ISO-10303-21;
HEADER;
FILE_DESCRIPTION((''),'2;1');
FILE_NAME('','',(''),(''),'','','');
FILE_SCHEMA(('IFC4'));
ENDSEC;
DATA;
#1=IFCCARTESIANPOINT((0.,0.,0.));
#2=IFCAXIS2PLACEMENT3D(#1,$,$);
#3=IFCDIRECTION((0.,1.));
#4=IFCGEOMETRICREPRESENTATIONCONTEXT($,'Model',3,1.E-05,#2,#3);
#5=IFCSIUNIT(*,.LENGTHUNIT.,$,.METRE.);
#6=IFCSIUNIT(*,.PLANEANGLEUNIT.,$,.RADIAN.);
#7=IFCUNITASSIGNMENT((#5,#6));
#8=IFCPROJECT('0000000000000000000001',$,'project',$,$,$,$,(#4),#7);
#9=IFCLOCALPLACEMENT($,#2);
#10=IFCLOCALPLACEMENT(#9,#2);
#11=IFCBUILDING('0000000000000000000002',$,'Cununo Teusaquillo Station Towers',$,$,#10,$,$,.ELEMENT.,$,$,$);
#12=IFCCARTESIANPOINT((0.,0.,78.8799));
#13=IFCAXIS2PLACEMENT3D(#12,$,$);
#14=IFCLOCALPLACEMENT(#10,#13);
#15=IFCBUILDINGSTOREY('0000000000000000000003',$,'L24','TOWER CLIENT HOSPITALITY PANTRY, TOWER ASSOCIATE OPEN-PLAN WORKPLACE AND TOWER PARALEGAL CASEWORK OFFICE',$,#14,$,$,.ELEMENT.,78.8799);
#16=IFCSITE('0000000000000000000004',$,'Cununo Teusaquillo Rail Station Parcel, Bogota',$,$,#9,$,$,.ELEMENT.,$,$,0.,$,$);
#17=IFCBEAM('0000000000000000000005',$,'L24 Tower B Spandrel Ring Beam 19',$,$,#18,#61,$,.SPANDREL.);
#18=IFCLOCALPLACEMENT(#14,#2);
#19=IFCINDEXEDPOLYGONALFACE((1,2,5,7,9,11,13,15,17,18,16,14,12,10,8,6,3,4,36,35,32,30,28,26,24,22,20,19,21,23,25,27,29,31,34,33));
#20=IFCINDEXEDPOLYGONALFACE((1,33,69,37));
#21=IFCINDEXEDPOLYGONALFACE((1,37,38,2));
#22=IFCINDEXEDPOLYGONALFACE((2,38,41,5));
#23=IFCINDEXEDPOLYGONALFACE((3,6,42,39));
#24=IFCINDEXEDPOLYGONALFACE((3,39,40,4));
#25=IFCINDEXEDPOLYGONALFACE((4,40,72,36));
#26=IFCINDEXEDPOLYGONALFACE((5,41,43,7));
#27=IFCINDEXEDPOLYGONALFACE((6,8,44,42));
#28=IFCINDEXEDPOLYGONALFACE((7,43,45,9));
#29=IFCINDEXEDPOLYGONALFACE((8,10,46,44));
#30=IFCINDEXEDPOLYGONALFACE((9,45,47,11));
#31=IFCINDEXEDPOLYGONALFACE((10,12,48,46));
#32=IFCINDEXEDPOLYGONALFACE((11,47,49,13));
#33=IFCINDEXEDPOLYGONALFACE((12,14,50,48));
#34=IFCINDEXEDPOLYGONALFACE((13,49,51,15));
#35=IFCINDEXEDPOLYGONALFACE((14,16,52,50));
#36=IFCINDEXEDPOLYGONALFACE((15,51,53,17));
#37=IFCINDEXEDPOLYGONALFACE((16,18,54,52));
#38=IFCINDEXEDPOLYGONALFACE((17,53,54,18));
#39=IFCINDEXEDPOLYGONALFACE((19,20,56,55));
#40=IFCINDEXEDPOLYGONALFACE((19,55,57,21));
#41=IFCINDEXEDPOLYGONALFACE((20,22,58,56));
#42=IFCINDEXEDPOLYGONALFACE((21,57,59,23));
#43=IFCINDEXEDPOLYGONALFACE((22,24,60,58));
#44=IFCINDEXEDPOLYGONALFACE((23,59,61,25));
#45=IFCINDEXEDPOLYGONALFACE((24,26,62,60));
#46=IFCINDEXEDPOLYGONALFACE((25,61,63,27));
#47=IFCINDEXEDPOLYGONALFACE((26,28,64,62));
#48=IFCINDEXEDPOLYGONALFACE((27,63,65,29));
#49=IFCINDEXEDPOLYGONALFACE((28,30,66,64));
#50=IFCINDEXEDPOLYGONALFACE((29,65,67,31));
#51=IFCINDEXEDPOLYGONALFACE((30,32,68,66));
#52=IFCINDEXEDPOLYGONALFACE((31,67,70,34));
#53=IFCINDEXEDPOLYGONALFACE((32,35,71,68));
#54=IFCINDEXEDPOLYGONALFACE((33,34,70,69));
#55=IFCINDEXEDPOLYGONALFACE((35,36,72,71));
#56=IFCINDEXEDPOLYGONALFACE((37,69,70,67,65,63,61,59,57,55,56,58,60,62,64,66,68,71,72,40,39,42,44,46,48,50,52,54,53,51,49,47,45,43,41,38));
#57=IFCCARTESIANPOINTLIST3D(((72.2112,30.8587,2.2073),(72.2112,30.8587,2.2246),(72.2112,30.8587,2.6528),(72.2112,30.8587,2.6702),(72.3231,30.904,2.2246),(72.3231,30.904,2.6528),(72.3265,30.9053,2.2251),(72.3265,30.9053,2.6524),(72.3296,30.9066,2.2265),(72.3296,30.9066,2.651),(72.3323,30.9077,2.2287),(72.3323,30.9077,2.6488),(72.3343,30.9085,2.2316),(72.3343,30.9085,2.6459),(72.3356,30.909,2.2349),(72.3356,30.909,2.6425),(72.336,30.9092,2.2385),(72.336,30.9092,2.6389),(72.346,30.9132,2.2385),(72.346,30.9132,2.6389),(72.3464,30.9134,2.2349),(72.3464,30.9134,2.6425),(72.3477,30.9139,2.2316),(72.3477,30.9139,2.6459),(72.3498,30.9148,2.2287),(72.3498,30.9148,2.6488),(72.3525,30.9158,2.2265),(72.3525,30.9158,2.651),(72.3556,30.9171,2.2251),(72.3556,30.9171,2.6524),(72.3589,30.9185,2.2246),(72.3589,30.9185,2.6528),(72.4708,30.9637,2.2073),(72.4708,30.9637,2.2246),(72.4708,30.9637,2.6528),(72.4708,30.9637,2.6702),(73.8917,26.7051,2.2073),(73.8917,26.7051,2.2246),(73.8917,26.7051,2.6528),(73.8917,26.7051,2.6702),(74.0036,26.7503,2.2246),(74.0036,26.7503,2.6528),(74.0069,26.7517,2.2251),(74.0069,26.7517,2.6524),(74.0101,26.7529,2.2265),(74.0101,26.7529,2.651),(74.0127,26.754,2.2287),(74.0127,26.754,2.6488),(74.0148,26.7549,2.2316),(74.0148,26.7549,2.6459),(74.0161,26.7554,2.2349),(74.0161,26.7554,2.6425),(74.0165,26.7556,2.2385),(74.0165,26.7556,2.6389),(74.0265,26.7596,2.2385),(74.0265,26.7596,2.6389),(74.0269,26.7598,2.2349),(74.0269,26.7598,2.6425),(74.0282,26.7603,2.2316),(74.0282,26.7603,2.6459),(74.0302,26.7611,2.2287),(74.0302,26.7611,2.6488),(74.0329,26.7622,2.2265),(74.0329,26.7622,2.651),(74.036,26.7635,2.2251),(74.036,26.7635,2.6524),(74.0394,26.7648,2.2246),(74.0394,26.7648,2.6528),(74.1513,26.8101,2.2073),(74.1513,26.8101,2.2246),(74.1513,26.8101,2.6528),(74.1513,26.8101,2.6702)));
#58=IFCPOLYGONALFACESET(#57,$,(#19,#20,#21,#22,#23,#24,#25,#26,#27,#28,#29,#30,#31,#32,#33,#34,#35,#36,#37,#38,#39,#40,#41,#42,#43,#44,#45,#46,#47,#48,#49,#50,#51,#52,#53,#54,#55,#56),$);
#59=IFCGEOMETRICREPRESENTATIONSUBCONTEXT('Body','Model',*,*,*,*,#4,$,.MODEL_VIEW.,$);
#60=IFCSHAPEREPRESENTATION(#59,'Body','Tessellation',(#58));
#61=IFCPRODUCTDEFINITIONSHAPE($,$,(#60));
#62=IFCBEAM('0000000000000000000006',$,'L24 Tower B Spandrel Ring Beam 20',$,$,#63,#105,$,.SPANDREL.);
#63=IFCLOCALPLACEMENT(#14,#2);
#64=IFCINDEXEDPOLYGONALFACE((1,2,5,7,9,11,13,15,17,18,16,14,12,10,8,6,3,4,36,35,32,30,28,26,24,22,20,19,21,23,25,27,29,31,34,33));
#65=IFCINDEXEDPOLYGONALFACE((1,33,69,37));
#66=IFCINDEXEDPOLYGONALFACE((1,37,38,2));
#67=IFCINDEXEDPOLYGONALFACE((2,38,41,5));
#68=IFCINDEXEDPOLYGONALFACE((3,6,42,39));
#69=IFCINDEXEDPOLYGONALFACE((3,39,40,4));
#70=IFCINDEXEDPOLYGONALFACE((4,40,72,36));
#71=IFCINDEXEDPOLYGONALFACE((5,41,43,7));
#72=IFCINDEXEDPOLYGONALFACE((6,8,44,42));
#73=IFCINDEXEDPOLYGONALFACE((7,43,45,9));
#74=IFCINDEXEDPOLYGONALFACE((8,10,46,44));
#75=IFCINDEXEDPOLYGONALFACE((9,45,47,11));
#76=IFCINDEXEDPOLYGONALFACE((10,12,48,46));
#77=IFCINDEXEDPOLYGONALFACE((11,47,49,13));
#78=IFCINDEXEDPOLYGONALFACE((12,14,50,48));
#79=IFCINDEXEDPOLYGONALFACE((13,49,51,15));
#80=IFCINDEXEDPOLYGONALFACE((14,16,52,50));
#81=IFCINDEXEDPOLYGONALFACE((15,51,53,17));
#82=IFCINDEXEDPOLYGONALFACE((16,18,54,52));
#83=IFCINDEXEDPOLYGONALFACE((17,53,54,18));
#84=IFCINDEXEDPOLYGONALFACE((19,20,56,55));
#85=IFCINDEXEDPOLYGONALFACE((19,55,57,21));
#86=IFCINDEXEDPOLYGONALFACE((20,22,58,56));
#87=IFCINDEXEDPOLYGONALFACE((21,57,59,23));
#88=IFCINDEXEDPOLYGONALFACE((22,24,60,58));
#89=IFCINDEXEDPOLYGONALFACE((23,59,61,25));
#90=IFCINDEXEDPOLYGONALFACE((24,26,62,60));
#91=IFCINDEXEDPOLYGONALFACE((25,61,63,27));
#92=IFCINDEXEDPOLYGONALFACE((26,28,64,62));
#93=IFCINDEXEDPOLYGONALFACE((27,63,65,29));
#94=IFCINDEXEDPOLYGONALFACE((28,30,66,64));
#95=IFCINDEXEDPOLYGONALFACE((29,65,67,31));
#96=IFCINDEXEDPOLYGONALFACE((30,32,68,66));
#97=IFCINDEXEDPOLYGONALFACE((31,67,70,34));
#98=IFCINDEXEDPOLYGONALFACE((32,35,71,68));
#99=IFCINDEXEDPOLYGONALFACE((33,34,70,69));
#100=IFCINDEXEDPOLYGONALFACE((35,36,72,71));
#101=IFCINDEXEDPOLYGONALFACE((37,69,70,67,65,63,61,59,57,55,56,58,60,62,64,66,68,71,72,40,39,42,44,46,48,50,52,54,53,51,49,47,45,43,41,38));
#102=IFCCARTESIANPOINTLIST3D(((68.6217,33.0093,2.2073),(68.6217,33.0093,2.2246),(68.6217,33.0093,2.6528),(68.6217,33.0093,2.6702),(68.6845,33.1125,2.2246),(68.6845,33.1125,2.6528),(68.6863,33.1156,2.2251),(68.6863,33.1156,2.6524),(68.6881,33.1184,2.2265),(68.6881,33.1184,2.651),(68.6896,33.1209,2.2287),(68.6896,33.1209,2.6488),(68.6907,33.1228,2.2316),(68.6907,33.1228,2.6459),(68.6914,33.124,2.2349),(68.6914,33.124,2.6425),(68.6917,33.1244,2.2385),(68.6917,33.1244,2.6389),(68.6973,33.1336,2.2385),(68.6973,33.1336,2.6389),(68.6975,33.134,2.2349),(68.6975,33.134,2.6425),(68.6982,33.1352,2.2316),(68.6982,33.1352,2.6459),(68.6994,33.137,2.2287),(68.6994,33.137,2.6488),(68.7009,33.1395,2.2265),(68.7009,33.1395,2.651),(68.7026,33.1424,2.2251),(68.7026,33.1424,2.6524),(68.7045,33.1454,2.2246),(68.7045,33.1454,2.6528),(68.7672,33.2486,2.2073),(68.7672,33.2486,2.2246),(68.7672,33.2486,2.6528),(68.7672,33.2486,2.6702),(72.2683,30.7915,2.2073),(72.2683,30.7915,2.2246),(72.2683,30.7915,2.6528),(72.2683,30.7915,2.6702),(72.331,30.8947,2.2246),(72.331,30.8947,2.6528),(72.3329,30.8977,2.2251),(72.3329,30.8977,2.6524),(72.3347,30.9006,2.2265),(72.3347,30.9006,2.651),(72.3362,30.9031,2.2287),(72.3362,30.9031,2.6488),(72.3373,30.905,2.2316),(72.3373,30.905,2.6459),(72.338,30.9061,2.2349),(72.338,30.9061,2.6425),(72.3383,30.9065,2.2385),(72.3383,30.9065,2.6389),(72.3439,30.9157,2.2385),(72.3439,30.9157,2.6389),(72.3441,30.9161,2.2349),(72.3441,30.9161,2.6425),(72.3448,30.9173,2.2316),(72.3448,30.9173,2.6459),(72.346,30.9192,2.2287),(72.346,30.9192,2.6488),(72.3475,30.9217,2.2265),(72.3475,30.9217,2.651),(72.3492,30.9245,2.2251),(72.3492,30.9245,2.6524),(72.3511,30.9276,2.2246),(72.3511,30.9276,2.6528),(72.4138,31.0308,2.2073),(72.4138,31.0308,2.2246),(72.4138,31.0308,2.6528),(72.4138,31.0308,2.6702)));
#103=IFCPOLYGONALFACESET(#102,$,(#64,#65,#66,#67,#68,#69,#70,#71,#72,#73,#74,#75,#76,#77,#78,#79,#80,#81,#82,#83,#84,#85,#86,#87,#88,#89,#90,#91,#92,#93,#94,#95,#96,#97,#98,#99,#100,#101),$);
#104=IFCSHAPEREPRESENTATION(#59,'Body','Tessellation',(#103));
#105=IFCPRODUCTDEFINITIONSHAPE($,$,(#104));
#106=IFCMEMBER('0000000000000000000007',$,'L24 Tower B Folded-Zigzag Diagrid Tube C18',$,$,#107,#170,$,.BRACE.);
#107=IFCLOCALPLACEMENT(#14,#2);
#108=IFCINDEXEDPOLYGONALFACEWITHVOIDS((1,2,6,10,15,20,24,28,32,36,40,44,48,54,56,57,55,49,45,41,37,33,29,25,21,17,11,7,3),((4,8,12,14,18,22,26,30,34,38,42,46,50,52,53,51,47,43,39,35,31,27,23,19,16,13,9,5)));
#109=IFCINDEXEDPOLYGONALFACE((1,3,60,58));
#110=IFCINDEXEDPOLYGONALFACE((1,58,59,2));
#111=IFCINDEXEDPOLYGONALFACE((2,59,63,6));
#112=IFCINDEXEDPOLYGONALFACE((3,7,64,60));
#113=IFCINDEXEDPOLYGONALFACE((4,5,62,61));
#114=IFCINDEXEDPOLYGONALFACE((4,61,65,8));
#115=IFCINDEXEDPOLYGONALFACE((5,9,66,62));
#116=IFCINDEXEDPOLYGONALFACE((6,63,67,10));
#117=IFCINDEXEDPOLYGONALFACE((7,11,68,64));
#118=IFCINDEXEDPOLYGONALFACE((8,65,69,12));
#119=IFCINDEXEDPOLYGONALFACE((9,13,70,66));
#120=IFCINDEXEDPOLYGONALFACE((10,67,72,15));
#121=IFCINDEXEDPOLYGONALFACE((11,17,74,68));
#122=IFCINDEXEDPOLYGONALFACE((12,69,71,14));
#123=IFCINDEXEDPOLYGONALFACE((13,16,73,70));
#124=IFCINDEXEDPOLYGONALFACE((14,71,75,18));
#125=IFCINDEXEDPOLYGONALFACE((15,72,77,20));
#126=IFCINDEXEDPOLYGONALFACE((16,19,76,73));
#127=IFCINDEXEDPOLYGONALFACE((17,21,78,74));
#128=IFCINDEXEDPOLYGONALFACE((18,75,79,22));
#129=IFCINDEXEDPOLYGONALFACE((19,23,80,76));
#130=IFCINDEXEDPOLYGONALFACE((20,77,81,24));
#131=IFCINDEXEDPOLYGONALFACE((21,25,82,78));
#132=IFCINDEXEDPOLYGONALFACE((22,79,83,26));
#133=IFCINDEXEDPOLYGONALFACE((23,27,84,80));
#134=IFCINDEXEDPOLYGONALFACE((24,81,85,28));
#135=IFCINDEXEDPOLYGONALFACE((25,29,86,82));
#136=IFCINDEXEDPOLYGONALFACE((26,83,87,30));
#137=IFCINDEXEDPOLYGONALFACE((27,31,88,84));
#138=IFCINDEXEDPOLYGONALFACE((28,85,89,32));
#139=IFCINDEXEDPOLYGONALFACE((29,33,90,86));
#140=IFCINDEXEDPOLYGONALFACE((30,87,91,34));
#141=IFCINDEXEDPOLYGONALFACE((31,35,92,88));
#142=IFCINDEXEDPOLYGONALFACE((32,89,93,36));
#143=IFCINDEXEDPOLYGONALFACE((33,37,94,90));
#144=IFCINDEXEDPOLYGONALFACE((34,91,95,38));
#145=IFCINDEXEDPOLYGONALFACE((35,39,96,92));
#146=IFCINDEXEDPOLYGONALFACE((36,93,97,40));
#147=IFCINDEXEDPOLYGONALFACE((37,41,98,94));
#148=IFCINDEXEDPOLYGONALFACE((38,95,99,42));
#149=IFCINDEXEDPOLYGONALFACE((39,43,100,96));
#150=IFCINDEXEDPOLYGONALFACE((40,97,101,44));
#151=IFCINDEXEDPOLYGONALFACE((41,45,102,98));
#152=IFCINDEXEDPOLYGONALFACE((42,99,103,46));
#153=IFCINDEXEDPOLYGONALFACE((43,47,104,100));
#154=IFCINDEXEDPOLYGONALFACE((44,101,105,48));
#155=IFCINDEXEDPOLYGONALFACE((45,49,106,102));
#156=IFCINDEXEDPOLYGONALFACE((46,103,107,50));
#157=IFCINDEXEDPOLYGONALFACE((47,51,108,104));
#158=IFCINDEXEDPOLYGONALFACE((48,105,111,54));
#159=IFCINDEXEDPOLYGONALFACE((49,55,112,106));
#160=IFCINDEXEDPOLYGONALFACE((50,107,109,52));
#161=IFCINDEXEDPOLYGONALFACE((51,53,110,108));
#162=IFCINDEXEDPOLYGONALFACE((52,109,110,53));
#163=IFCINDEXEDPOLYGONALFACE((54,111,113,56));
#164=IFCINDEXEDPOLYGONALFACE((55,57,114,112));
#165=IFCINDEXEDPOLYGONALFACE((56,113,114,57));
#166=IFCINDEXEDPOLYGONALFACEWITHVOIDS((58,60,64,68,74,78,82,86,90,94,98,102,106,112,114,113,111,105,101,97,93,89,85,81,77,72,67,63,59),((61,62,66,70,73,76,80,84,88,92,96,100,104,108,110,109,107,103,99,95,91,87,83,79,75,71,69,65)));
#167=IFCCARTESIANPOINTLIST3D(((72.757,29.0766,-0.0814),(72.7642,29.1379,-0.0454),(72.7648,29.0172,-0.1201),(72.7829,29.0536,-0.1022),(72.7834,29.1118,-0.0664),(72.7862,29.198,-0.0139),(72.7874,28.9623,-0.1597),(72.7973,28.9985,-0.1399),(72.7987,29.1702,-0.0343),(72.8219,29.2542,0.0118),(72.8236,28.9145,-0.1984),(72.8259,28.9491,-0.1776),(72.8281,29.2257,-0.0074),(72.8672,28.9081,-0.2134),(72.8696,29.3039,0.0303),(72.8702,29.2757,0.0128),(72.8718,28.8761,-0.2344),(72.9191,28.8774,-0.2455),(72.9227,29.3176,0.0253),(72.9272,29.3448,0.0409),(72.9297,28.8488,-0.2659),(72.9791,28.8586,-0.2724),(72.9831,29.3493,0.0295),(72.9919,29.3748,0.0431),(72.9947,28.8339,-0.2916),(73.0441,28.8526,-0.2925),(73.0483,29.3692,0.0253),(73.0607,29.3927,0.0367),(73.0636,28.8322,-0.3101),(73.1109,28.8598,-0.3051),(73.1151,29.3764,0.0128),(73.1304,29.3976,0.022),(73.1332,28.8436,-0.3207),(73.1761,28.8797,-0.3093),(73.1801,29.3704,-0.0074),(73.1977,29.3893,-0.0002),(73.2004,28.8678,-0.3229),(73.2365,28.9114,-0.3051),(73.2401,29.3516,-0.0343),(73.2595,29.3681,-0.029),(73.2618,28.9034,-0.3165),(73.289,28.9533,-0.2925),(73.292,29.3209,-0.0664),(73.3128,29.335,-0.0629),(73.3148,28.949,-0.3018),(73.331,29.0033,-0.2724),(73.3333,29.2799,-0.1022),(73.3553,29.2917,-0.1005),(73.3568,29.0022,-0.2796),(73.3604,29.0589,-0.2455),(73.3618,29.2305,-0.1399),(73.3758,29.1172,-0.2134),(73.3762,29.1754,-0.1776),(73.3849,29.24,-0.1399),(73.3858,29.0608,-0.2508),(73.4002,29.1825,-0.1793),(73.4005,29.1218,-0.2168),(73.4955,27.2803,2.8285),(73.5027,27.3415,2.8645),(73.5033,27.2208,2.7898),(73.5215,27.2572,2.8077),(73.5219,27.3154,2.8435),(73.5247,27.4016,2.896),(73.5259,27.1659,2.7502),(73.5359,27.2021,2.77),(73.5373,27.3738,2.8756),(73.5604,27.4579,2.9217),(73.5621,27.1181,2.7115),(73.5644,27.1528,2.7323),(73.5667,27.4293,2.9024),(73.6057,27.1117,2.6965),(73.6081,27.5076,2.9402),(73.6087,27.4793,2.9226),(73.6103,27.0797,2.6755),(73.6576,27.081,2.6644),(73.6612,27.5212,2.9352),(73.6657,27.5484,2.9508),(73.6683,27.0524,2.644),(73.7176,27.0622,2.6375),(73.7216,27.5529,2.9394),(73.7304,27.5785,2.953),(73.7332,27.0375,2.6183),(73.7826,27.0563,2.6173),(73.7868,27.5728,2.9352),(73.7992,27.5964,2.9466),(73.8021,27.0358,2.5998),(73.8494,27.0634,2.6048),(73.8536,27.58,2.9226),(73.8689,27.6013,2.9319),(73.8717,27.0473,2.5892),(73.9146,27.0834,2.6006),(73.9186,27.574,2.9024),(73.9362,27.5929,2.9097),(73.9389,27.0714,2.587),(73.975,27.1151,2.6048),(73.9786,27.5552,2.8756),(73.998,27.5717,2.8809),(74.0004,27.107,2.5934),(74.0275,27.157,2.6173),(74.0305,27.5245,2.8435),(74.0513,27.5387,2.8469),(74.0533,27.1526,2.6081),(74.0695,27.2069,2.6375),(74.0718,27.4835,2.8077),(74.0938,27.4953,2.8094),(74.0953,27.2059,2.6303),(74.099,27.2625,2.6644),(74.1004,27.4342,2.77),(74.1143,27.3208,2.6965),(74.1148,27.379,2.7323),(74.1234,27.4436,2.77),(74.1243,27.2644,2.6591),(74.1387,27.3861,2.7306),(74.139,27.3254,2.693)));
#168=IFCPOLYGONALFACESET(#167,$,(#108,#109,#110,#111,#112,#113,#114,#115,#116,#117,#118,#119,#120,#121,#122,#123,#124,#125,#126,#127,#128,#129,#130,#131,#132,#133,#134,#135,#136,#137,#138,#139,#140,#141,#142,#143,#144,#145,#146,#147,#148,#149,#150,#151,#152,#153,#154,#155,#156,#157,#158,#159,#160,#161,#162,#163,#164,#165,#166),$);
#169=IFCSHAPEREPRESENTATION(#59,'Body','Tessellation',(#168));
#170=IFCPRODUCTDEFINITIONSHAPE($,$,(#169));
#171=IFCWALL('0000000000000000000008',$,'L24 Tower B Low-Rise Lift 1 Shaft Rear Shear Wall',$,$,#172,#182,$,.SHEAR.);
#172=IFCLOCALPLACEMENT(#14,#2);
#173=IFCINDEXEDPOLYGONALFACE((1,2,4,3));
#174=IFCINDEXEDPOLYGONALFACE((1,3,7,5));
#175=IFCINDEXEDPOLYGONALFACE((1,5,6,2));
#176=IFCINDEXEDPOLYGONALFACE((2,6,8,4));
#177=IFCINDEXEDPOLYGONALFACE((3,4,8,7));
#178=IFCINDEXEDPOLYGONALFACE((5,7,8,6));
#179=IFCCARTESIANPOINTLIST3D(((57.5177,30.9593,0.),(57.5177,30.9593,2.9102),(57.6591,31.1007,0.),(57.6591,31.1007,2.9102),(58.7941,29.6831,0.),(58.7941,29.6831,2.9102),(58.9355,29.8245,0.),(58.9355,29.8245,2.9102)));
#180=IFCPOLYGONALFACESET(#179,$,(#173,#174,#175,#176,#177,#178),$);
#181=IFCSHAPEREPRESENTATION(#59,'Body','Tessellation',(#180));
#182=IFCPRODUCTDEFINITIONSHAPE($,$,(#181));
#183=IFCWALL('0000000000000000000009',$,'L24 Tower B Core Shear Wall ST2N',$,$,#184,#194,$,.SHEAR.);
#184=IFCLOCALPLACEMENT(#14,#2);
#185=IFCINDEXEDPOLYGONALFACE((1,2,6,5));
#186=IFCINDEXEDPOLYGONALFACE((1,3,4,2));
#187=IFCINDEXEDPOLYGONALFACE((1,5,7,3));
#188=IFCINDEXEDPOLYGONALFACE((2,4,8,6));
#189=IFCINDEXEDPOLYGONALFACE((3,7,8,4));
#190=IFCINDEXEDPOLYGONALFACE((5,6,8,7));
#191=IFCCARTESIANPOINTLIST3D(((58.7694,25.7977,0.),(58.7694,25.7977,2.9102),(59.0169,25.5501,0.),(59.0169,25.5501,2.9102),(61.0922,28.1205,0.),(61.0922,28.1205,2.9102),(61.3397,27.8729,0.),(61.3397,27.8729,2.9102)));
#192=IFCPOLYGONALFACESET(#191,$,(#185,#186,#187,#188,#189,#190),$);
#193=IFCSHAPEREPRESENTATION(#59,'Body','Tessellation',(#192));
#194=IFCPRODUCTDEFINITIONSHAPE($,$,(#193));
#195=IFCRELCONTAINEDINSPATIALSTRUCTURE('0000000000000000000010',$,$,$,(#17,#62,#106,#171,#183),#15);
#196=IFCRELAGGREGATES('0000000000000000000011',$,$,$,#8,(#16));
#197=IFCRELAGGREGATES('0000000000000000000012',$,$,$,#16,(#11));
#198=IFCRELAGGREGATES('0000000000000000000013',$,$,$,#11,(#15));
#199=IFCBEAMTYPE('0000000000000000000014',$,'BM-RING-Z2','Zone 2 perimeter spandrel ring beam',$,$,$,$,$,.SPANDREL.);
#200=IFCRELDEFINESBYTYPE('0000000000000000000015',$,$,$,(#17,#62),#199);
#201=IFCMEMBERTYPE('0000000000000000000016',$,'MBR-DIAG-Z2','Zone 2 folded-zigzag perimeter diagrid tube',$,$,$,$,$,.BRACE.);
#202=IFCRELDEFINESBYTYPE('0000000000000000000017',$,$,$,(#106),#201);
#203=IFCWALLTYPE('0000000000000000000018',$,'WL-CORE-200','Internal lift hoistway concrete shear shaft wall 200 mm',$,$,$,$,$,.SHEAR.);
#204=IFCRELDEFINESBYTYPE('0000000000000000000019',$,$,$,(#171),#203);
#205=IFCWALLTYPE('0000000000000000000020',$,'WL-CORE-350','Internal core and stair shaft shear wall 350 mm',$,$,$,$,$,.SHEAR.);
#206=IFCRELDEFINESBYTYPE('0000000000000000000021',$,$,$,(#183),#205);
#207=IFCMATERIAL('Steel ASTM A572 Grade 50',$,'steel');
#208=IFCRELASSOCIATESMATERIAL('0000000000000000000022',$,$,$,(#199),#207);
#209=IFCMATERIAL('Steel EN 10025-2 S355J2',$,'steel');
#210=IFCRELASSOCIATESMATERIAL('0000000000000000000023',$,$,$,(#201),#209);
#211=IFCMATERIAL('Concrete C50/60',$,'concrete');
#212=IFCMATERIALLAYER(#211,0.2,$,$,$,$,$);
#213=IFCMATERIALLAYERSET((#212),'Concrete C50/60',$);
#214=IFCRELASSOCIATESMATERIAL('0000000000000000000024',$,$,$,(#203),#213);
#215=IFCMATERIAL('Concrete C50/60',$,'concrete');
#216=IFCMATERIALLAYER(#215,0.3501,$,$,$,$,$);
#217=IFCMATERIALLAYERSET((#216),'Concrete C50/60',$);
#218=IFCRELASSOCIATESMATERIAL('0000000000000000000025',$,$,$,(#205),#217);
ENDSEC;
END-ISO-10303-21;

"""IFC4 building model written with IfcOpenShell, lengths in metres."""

from ifc_helpers import new_model, si_unit, direction, frame, frame_2d, origin, origin_2d, place, context, subcontext, project, spatial, rectangle, hollow_circle, i_section, extrude, material, layer, layer_set, material_profile, profile_set, type_object, element, save


model = new_model("IFC4")

# Units and contexts
model_context = context("Model", 3, precision=1e-05, world=origin(), true_north=direction((0.0, 1.0)))
body_context = subcontext(model_context, "Body", "Model", "MODEL_VIEW")
ifc_project = project(units=[si_unit("LENGTHUNIT", "METRE"), si_unit("PLANEANGLEUNIT", "RADIAN")], contexts=[model_context])

# Site, building, storey
site_placement = place(None, origin())
site = spatial("IfcSite", under=ifc_project, at=site_placement, Name="Cununo Teusaquillo Rail Station Parcel, Bogota", CompositionType="ELEMENT", RefElevation=0.0)
building_placement = place(site_placement, origin())
building = spatial("IfcBuilding", under=site, at=building_placement, Name="Cununo Teusaquillo Station Towers", CompositionType="ELEMENT")
storey_placement = place(building_placement, frame((0.0, 0.0, 78.8799)))
storey = spatial("IfcBuildingStorey", under=building, at=storey_placement, Name="L24", Description="TOWER CLIENT HOSPITALITY PANTRY, TOWER ASSOCIATE OPEN-PLAN WORKPLACE AND TOWER PARALEGAL CASEWORK OFFICE", CompositionType="ELEMENT", Elevation=78.8799)

# Beams
ifc_material_1 = material(Name="Steel ASTM A572 Grade 50", Category="steel")
ifc_material_profile_1 = material_profile(ifc_material_1, i_section(OverallWidth=0.28, OverallDepth=0.4629, WebThickness=0.0107, FlangeThickness=0.0173, FilletRadius=0.0139, at=origin_2d()), Name="W18X76")
ifc_profile_set_1 = profile_set([ifc_material_profile_1], Name="Steel ASTM A572 Grade 50")
beam_type = type_object("IfcBeamType", Name="BM-RING-Z2", Description="Zone 2 perimeter spandrel ring beam", PredefinedType="SPANDREL", material=ifc_profile_set_1)
beam_1_placement = place(storey_placement, frame((74.0215, 26.7576, 2.4387), z_axis=(-0.375042, 0.927008, 0.0), x_axis=(-0.927008, -0.375042, 0.0)))
element("IfcBeam", 1, at=beam_1_placement, inside=storey, type_object=beam_type, Name="L24 Tower B Spandrel Ring Beam 19", PredefinedType="SPANDREL", context=body_context, shape_type="SweptSolid", body=[
    extrude(i_section(OverallWidth=0.28, OverallDepth=0.4629, WebThickness=0.0107, FlangeThickness=0.0173, FilletRadius=0.0139, at=origin_2d()), origin(), (0.0, 0.0, 1.0), 4.4807),
])
beam_2_placement = place(storey_placement, frame((72.3411, 30.9111, 2.4387), z_axis=(-0.854388, 0.519635, 0.0), x_axis=(-0.519635, -0.854388, 0.0)))
element("IfcBeam", 2, at=beam_2_placement, inside=storey, type_object=beam_type, Name="L24 Tower B Spandrel Ring Beam 20", PredefinedType="SPANDREL", context=body_context, shape_type="SweptSolid", body=[
    extrude(i_section(OverallWidth=0.28, OverallDepth=0.4629, WebThickness=0.0107, FlangeThickness=0.0173, FilletRadius=0.0139, at=origin_2d()), origin(), (0.0, 0.0, 1.0), 4.2681),
])

# Member
ifc_material_2 = material(Name="Steel EN 10025-2 S355J2", Category="steel")
ifc_material_profile_2 = material_profile(ifc_material_2, hollow_circle(Radius=0.3301, WallThickness=0.0249, at=origin_2d()), Name="CHS 660x25")
ifc_profile_set_2 = profile_set([ifc_material_profile_2], Name="Steel EN 10025-2 S355J2")
member_type = type_object("IfcMemberType", Name="MBR-DIAG-Z2", Description="Zone 2 folded-zigzag perimeter diagrid tube", PredefinedType="BRACE", material=ifc_profile_set_2)
member_placement = place(storey_placement, frame((73.0796, 29.1145, -0.1399), z_axis=(0.211093, -0.513463, 0.831743), x_axis=(0.924889, 0.380238, 0.0)))
element("IfcMember", 3, at=member_placement, inside=storey, type_object=member_type, Name="L24 Tower B Folded-Zigzag Diagrid Tube C18", PredefinedType="BRACE", context=body_context, shape_type="SweptSolid", body=[
    extrude(hollow_circle(Radius=0.3301, WallThickness=0.0249, at=origin_2d()), origin(), (0.0, 0.0, 1.0), 3.4985),
])

# Walls
ifc_material_3 = material(Name="Concrete C50/60", Category="concrete")
ifc_layer_1 = layer(ifc_material_3, 0.2)
ifc_layer_set_1 = layer_set([ifc_layer_1], Name="Concrete C50/60")
wall_type_1 = type_object("IfcWallType", Name="WL-CORE-200", Description="Internal lift hoistway concrete shear shaft wall 200 mm", PredefinedType="SHEAR", material=ifc_layer_set_1)
wall_1_placement = place(storey_placement, frame((58.8647, 29.7539, 0.0), z_axis=(0.0, 0.0, 1.0), x_axis=(-0.707174, 0.707039, 0.0)))
element("IfcWall", 4, at=wall_1_placement, inside=storey, type_object=wall_type_1, Name="L24 Tower B Low-Rise Lift 1 Shaft Rear Shear Wall", PredefinedType="SHEAR", context=body_context, shape_type="SweptSolid", body=[
    extrude(rectangle(XDim=1.8049, YDim=0.2, at=frame_2d((0.9023, 0.0))), origin(), (0.0, 0.0, 1.0), 2.9102),
])
ifc_material_4 = material(Name="Concrete C50/60", Category="concrete")
ifc_layer_2 = layer(ifc_material_4, 0.3501)
ifc_layer_set_2 = layer_set([ifc_layer_2], Name="Concrete C50/60")
wall_type_2 = type_object("IfcWallType", Name="WL-CORE-350", Description="Internal core and stair shaft shear wall 350 mm", PredefinedType="SHEAR", material=ifc_layer_set_2)
wall_2_placement = place(storey_placement, frame((58.8931, 25.6738, 0.0), z_axis=(0.0, 0.0, 1.0), x_axis=(0.707107, 0.707107, 0.0)))
element("IfcWall", 5, at=wall_2_placement, inside=storey, type_object=wall_type_2, Name="L24 Tower B Core Shear Wall ST2N", PredefinedType="SHEAR", context=body_context, shape_type="SweptSolid", body=[
    extrude(rectangle(XDim=3.2849, YDim=0.3501, at=frame_2d((1.6426, 0.0))), origin(), (0.0, 0.0, 1.0), 2.9102),
])

save(model, "model.ifc")
